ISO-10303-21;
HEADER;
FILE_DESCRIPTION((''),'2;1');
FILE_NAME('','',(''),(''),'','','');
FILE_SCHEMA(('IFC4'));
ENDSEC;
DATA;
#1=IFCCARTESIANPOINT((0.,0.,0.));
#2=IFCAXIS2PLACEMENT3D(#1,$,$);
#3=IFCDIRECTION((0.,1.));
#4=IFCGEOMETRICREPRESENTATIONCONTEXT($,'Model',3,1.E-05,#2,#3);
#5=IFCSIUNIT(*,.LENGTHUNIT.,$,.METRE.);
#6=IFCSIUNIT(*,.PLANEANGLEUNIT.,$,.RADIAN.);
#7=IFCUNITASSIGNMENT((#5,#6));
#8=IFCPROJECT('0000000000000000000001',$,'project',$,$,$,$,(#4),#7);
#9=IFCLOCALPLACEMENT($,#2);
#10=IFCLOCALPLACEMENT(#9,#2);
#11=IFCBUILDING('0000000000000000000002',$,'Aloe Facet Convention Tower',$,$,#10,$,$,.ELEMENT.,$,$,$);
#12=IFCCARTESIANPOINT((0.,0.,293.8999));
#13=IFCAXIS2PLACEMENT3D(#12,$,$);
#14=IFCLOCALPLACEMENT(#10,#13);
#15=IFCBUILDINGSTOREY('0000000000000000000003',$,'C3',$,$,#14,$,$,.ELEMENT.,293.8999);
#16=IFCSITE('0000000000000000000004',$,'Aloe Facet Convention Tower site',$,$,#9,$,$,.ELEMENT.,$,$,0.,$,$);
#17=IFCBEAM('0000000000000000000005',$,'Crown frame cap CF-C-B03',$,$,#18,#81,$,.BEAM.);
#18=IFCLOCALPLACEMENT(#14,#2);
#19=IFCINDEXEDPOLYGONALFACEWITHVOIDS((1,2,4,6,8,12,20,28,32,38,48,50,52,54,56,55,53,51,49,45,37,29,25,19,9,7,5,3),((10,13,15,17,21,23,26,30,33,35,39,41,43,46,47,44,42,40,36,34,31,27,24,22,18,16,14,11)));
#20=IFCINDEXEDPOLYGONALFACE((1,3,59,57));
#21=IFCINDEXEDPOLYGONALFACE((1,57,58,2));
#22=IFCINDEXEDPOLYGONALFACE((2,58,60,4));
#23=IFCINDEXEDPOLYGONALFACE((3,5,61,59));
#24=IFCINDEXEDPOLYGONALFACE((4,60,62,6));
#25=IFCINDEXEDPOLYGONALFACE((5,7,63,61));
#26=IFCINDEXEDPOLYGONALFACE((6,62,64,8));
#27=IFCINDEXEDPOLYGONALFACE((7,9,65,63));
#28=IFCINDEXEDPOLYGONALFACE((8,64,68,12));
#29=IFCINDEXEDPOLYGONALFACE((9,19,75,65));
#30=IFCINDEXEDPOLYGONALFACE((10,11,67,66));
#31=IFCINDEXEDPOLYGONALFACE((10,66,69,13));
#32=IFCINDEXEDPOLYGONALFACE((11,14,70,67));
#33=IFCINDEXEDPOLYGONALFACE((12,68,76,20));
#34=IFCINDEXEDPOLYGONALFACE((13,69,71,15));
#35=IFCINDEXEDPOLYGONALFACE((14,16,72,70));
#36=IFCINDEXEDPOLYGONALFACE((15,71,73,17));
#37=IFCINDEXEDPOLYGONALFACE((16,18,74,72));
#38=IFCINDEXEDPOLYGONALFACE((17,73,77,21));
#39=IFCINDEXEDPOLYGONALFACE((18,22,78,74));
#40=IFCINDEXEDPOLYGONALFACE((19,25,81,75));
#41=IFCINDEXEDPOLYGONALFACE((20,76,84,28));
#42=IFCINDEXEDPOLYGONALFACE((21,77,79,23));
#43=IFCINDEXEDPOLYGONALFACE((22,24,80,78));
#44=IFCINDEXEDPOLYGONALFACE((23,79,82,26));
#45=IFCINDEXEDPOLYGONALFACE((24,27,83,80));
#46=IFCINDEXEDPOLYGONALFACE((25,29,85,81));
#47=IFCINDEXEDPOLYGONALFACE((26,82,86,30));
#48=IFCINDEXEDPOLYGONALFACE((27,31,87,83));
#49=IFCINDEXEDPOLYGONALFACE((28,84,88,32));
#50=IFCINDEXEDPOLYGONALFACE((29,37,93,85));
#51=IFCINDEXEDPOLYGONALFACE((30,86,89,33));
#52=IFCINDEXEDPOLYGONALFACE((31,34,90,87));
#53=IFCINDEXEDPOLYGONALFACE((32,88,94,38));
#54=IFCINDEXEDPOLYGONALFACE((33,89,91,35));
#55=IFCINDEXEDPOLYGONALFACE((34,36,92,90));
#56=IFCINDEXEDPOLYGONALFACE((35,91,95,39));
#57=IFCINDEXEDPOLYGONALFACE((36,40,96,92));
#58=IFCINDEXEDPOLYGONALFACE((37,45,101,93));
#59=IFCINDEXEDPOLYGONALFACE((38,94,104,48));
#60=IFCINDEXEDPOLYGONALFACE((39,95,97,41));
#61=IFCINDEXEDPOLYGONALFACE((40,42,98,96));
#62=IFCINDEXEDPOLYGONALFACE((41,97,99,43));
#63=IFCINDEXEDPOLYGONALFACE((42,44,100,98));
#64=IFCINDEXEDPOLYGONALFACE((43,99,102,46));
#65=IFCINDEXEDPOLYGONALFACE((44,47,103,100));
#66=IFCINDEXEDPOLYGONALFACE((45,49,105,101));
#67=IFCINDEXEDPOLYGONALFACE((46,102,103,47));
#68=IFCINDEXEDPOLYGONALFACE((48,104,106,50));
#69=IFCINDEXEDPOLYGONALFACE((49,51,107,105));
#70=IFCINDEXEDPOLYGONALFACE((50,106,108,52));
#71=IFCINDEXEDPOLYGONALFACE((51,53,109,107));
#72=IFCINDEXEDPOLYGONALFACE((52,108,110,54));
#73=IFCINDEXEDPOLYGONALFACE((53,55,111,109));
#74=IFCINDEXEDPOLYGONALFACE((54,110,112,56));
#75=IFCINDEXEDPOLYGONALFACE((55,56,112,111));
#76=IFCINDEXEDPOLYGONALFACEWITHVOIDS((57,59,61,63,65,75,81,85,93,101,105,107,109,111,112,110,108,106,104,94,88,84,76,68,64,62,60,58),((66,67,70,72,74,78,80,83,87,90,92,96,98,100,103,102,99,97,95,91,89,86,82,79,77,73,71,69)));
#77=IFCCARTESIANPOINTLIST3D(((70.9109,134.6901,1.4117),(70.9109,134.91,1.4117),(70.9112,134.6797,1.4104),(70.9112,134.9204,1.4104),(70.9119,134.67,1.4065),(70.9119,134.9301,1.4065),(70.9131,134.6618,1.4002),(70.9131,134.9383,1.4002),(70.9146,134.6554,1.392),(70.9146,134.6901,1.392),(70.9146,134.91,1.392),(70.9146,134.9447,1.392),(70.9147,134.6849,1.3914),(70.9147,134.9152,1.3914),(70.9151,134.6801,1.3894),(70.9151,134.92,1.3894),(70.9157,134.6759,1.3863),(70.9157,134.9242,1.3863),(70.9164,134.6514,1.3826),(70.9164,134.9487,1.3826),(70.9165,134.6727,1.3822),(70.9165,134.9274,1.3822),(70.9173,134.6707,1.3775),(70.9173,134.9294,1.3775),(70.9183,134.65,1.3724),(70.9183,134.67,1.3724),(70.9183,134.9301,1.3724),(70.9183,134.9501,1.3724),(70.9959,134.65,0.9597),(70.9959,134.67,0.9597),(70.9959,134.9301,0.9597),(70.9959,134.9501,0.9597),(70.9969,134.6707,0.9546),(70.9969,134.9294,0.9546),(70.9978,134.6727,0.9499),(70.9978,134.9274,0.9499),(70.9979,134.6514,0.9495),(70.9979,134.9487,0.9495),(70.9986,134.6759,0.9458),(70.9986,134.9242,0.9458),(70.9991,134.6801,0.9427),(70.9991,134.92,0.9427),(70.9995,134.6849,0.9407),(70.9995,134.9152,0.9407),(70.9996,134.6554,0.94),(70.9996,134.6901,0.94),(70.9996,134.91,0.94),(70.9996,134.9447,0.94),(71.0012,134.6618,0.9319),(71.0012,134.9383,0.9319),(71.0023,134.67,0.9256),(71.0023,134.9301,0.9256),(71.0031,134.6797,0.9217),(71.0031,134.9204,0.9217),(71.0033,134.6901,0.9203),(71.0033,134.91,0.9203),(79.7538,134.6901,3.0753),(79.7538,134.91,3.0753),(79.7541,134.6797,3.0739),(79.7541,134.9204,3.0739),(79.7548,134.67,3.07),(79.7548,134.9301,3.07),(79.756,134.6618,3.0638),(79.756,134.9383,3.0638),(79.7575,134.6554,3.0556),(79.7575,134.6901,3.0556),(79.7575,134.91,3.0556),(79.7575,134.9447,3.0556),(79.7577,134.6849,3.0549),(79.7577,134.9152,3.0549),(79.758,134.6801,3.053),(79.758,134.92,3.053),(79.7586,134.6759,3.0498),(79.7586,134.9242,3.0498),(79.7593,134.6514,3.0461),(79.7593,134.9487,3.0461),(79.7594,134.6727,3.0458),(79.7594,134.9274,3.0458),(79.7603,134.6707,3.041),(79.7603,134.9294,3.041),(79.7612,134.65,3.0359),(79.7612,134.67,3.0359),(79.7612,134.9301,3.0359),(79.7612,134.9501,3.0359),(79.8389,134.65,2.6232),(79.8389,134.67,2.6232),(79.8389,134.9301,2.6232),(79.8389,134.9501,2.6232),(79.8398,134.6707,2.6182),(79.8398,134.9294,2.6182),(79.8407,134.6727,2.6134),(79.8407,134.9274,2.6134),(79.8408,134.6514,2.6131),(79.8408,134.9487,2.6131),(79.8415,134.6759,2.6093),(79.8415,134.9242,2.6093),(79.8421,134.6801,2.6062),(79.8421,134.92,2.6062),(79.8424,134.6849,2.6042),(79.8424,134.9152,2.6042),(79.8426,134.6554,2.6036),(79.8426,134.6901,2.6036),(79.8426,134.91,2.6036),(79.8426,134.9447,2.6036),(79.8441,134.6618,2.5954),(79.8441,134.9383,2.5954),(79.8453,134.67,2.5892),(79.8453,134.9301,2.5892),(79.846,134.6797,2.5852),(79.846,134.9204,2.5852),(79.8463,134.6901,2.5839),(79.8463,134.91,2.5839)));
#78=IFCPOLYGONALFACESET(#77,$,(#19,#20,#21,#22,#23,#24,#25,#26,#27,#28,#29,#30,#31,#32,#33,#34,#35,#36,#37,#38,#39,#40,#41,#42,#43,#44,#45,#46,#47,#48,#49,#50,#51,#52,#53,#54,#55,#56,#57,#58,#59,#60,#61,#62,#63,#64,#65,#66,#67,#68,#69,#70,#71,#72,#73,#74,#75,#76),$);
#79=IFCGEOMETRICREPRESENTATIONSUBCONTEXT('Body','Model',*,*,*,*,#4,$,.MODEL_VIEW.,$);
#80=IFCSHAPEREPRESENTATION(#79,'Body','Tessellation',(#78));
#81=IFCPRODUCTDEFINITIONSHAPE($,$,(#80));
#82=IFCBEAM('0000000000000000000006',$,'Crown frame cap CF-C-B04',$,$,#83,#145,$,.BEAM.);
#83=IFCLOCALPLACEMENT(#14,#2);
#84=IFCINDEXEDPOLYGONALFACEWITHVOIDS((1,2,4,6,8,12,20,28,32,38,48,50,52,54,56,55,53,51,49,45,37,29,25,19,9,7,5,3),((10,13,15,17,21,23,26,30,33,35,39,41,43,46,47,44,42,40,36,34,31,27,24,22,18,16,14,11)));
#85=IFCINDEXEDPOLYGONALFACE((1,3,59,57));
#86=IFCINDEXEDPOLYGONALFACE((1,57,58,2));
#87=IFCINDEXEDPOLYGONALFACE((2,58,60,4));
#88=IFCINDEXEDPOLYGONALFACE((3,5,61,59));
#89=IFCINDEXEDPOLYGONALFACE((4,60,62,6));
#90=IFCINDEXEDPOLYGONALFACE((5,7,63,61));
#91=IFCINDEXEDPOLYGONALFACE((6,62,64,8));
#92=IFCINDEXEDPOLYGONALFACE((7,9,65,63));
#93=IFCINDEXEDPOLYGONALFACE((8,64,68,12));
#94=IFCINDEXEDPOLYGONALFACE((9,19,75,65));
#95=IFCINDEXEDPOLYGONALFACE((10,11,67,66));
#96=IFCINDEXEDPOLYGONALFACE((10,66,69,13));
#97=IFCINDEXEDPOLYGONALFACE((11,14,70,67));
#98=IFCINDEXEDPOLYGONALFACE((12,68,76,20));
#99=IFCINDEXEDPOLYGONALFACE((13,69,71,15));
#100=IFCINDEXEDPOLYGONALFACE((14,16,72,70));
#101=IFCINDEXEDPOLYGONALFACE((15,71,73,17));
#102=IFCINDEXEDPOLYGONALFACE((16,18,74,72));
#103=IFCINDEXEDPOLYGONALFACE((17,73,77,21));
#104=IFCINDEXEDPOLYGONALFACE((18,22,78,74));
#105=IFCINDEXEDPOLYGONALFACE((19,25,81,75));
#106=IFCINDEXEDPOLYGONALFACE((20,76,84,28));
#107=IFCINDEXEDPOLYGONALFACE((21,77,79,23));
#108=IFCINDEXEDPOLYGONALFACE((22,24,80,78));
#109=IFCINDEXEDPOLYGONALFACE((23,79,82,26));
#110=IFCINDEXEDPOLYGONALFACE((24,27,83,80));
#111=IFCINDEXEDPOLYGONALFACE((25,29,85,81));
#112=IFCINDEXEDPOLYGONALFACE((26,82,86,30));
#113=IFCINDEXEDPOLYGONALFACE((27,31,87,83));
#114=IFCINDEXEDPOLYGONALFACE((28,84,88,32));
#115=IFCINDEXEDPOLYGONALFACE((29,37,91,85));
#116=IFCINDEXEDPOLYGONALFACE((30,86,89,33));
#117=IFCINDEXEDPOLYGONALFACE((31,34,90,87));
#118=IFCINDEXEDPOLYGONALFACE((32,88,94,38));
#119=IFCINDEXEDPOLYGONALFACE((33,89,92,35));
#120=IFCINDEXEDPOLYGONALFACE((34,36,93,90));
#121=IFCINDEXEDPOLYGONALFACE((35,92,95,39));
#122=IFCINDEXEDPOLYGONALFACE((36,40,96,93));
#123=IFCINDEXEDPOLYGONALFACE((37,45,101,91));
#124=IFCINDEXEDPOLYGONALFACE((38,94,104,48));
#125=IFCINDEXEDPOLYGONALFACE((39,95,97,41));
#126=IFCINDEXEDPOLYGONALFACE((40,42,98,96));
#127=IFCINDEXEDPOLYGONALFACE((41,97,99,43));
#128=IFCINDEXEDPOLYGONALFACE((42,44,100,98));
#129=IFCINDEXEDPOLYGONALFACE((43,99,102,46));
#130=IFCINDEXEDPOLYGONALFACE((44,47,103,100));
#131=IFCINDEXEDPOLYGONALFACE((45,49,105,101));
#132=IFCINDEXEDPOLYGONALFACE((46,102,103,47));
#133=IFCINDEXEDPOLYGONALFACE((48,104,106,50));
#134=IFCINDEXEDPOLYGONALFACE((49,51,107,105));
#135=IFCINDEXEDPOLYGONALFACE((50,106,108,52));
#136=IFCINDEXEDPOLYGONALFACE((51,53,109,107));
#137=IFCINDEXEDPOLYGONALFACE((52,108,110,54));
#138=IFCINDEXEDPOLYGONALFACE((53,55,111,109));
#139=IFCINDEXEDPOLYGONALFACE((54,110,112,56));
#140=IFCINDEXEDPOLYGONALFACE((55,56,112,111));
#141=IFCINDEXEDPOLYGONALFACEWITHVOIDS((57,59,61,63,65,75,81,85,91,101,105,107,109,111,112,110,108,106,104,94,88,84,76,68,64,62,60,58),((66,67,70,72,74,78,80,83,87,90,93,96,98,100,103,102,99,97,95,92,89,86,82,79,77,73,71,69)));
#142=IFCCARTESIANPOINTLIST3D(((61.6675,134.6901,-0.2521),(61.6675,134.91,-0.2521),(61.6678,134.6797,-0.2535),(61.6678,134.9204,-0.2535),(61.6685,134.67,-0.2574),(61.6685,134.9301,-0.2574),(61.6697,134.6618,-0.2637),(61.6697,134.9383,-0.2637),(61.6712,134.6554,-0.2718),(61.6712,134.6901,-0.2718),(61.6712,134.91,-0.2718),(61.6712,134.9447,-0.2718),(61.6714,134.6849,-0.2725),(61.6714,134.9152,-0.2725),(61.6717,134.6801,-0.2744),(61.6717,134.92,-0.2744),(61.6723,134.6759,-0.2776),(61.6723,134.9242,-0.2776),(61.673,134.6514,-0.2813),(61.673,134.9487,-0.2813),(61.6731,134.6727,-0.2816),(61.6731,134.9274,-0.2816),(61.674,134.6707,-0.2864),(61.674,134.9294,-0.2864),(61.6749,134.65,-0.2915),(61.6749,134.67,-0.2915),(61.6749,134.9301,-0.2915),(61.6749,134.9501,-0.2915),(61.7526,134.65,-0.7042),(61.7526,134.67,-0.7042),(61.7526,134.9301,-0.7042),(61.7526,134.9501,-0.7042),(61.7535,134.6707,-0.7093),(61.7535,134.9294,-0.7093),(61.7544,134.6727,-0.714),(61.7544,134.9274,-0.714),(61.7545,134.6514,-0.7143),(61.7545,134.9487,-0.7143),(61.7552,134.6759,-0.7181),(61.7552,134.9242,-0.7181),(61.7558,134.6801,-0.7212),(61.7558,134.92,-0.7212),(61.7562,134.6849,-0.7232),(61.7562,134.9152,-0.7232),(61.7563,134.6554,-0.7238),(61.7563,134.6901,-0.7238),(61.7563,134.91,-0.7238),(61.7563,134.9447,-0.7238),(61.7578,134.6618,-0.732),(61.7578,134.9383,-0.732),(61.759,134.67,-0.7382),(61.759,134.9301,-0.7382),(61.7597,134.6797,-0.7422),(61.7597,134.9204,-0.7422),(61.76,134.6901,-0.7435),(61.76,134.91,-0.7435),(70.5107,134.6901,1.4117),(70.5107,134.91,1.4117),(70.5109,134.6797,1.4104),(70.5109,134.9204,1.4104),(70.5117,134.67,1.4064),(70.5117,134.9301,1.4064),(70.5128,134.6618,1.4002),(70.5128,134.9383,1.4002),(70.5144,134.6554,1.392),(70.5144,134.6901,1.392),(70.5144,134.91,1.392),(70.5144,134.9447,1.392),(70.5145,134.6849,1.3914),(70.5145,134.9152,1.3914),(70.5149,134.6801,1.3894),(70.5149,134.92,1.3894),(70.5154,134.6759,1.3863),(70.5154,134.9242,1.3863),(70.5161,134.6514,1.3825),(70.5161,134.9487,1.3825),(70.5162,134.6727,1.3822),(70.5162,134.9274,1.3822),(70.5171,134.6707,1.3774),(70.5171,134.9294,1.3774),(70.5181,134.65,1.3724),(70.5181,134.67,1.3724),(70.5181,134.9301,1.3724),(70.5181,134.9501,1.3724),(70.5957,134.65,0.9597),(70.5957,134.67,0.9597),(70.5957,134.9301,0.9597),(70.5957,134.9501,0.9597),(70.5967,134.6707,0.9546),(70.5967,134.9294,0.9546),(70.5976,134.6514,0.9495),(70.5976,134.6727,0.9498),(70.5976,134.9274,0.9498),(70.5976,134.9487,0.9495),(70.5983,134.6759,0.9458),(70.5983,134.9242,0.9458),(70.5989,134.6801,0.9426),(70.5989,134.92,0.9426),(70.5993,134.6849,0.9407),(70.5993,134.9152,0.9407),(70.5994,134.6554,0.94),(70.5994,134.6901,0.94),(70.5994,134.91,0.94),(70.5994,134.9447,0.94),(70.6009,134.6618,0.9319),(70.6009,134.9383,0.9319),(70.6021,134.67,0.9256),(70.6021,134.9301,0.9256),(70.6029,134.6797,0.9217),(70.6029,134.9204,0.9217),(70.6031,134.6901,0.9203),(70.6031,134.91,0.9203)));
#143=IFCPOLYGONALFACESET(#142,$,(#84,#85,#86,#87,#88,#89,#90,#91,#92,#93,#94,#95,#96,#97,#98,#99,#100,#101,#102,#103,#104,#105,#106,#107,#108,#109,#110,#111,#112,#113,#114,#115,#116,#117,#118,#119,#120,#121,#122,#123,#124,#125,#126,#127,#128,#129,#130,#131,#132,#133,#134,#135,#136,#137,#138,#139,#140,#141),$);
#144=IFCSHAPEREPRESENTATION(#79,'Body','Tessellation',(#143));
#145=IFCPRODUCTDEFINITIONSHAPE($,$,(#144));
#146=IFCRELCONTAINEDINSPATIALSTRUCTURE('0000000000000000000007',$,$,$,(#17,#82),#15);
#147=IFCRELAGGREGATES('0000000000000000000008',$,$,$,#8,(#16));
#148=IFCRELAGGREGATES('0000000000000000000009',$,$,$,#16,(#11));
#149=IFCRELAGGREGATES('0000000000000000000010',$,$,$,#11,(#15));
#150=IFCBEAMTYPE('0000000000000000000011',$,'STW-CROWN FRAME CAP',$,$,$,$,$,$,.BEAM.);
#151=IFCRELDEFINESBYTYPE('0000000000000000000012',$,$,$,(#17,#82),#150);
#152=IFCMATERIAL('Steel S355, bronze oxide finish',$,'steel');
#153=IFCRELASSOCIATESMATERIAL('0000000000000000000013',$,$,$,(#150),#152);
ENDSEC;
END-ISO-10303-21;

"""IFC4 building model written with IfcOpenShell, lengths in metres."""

from ifc_helpers import new_model, si_unit, direction, frame, origin, origin_2d, place, context, subcontext, project, spatial, hollow_rectangle, extrude, material, material_profile, profile_set, type_object, element, save


model = new_model("IFC4")

# Units and contexts
model_context = context("Model", 3, precision=1e-05, world=origin(), true_north=direction((0.0, 1.0)))
body_context = subcontext(model_context, "Body", "Model", "MODEL_VIEW")
ifc_project = project(units=[si_unit("LENGTHUNIT", "METRE"), si_unit("PLANEANGLEUNIT", "RADIAN")], contexts=[model_context])

# Site, building, storey
site_placement = place(None, origin())
site = spatial("IfcSite", under=ifc_project, at=site_placement, Name="Aloe Facet Convention Tower site", CompositionType="ELEMENT", RefElevation=0.0)
building_placement = place(site_placement, origin())
building = spatial("IfcBuilding", under=site, at=building_placement, Name="Aloe Facet Convention Tower", CompositionType="ELEMENT")
storey_placement = place(building_placement, frame((0.0, 0.0, 293.8999)))
storey = spatial("IfcBuildingStorey", under=building, at=storey_placement, Name="C3", CompositionType="ELEMENT", Elevation=293.8999)

# Beams
ifc_material_1 = material(Name="Steel S355, bronze oxide finish", Category="steel")
ifc_material_profile_1 = material_profile(ifc_material_1, hollow_rectangle(XDim=0.3, YDim=0.5, WallThickness=0.02, InnerFilletRadius=0.02, OuterFilletRadius=0.04, at=origin_2d()), Name="RHS 500x300x20")
ifc_profile_set_1 = profile_set([ifc_material_profile_1], Name="Steel S355, bronze oxide finish")
beam_type = type_object("IfcBeamType", Name="STW-CROWN FRAME CAP", PredefinedType="BEAM", material=ifc_profile_set_1)
beam_1_placement = place(storey_placement, frame((79.8, 134.8, 2.8296), z_axis=(-0.982761, 0.0, -0.18488), x_axis=(0.0, -1.0, 0.0)))
element("IfcBeam", 1, at=beam_1_placement, inside=storey, type_object=beam_type, Name="Crown frame cap CF-C-B03", PredefinedType="BEAM", context=body_context, shape_type="SweptSolid", body=[
    extrude(hollow_rectangle(XDim=0.3, YDim=0.5, WallThickness=0.02, InnerFilletRadius=0.02, OuterFilletRadius=0.04, at=origin_2d()), origin(), (0.0, 0.0, 1.0), 8.998),
])
beam_2_placement = place(storey_placement, frame((70.5569, 134.8, 1.166), z_axis=(-0.982756, 0.0, -0.184906), x_axis=(0.0, -1.0, 0.0)))
element("IfcBeam", 2, at=beam_2_placement, inside=storey, type_object=beam_type, Name="Crown frame cap CF-C-B04", PredefinedType="BEAM", context=body_context, shape_type="SweptSolid", body=[
    extrude(hollow_rectangle(XDim=0.3, YDim=0.5, WallThickness=0.02, InnerFilletRadius=0.02, OuterFilletRadius=0.04, at=origin_2d()), origin(), (0.0, 0.0, 1.0), 8.9983),
])

save(model, "model.ifc")
